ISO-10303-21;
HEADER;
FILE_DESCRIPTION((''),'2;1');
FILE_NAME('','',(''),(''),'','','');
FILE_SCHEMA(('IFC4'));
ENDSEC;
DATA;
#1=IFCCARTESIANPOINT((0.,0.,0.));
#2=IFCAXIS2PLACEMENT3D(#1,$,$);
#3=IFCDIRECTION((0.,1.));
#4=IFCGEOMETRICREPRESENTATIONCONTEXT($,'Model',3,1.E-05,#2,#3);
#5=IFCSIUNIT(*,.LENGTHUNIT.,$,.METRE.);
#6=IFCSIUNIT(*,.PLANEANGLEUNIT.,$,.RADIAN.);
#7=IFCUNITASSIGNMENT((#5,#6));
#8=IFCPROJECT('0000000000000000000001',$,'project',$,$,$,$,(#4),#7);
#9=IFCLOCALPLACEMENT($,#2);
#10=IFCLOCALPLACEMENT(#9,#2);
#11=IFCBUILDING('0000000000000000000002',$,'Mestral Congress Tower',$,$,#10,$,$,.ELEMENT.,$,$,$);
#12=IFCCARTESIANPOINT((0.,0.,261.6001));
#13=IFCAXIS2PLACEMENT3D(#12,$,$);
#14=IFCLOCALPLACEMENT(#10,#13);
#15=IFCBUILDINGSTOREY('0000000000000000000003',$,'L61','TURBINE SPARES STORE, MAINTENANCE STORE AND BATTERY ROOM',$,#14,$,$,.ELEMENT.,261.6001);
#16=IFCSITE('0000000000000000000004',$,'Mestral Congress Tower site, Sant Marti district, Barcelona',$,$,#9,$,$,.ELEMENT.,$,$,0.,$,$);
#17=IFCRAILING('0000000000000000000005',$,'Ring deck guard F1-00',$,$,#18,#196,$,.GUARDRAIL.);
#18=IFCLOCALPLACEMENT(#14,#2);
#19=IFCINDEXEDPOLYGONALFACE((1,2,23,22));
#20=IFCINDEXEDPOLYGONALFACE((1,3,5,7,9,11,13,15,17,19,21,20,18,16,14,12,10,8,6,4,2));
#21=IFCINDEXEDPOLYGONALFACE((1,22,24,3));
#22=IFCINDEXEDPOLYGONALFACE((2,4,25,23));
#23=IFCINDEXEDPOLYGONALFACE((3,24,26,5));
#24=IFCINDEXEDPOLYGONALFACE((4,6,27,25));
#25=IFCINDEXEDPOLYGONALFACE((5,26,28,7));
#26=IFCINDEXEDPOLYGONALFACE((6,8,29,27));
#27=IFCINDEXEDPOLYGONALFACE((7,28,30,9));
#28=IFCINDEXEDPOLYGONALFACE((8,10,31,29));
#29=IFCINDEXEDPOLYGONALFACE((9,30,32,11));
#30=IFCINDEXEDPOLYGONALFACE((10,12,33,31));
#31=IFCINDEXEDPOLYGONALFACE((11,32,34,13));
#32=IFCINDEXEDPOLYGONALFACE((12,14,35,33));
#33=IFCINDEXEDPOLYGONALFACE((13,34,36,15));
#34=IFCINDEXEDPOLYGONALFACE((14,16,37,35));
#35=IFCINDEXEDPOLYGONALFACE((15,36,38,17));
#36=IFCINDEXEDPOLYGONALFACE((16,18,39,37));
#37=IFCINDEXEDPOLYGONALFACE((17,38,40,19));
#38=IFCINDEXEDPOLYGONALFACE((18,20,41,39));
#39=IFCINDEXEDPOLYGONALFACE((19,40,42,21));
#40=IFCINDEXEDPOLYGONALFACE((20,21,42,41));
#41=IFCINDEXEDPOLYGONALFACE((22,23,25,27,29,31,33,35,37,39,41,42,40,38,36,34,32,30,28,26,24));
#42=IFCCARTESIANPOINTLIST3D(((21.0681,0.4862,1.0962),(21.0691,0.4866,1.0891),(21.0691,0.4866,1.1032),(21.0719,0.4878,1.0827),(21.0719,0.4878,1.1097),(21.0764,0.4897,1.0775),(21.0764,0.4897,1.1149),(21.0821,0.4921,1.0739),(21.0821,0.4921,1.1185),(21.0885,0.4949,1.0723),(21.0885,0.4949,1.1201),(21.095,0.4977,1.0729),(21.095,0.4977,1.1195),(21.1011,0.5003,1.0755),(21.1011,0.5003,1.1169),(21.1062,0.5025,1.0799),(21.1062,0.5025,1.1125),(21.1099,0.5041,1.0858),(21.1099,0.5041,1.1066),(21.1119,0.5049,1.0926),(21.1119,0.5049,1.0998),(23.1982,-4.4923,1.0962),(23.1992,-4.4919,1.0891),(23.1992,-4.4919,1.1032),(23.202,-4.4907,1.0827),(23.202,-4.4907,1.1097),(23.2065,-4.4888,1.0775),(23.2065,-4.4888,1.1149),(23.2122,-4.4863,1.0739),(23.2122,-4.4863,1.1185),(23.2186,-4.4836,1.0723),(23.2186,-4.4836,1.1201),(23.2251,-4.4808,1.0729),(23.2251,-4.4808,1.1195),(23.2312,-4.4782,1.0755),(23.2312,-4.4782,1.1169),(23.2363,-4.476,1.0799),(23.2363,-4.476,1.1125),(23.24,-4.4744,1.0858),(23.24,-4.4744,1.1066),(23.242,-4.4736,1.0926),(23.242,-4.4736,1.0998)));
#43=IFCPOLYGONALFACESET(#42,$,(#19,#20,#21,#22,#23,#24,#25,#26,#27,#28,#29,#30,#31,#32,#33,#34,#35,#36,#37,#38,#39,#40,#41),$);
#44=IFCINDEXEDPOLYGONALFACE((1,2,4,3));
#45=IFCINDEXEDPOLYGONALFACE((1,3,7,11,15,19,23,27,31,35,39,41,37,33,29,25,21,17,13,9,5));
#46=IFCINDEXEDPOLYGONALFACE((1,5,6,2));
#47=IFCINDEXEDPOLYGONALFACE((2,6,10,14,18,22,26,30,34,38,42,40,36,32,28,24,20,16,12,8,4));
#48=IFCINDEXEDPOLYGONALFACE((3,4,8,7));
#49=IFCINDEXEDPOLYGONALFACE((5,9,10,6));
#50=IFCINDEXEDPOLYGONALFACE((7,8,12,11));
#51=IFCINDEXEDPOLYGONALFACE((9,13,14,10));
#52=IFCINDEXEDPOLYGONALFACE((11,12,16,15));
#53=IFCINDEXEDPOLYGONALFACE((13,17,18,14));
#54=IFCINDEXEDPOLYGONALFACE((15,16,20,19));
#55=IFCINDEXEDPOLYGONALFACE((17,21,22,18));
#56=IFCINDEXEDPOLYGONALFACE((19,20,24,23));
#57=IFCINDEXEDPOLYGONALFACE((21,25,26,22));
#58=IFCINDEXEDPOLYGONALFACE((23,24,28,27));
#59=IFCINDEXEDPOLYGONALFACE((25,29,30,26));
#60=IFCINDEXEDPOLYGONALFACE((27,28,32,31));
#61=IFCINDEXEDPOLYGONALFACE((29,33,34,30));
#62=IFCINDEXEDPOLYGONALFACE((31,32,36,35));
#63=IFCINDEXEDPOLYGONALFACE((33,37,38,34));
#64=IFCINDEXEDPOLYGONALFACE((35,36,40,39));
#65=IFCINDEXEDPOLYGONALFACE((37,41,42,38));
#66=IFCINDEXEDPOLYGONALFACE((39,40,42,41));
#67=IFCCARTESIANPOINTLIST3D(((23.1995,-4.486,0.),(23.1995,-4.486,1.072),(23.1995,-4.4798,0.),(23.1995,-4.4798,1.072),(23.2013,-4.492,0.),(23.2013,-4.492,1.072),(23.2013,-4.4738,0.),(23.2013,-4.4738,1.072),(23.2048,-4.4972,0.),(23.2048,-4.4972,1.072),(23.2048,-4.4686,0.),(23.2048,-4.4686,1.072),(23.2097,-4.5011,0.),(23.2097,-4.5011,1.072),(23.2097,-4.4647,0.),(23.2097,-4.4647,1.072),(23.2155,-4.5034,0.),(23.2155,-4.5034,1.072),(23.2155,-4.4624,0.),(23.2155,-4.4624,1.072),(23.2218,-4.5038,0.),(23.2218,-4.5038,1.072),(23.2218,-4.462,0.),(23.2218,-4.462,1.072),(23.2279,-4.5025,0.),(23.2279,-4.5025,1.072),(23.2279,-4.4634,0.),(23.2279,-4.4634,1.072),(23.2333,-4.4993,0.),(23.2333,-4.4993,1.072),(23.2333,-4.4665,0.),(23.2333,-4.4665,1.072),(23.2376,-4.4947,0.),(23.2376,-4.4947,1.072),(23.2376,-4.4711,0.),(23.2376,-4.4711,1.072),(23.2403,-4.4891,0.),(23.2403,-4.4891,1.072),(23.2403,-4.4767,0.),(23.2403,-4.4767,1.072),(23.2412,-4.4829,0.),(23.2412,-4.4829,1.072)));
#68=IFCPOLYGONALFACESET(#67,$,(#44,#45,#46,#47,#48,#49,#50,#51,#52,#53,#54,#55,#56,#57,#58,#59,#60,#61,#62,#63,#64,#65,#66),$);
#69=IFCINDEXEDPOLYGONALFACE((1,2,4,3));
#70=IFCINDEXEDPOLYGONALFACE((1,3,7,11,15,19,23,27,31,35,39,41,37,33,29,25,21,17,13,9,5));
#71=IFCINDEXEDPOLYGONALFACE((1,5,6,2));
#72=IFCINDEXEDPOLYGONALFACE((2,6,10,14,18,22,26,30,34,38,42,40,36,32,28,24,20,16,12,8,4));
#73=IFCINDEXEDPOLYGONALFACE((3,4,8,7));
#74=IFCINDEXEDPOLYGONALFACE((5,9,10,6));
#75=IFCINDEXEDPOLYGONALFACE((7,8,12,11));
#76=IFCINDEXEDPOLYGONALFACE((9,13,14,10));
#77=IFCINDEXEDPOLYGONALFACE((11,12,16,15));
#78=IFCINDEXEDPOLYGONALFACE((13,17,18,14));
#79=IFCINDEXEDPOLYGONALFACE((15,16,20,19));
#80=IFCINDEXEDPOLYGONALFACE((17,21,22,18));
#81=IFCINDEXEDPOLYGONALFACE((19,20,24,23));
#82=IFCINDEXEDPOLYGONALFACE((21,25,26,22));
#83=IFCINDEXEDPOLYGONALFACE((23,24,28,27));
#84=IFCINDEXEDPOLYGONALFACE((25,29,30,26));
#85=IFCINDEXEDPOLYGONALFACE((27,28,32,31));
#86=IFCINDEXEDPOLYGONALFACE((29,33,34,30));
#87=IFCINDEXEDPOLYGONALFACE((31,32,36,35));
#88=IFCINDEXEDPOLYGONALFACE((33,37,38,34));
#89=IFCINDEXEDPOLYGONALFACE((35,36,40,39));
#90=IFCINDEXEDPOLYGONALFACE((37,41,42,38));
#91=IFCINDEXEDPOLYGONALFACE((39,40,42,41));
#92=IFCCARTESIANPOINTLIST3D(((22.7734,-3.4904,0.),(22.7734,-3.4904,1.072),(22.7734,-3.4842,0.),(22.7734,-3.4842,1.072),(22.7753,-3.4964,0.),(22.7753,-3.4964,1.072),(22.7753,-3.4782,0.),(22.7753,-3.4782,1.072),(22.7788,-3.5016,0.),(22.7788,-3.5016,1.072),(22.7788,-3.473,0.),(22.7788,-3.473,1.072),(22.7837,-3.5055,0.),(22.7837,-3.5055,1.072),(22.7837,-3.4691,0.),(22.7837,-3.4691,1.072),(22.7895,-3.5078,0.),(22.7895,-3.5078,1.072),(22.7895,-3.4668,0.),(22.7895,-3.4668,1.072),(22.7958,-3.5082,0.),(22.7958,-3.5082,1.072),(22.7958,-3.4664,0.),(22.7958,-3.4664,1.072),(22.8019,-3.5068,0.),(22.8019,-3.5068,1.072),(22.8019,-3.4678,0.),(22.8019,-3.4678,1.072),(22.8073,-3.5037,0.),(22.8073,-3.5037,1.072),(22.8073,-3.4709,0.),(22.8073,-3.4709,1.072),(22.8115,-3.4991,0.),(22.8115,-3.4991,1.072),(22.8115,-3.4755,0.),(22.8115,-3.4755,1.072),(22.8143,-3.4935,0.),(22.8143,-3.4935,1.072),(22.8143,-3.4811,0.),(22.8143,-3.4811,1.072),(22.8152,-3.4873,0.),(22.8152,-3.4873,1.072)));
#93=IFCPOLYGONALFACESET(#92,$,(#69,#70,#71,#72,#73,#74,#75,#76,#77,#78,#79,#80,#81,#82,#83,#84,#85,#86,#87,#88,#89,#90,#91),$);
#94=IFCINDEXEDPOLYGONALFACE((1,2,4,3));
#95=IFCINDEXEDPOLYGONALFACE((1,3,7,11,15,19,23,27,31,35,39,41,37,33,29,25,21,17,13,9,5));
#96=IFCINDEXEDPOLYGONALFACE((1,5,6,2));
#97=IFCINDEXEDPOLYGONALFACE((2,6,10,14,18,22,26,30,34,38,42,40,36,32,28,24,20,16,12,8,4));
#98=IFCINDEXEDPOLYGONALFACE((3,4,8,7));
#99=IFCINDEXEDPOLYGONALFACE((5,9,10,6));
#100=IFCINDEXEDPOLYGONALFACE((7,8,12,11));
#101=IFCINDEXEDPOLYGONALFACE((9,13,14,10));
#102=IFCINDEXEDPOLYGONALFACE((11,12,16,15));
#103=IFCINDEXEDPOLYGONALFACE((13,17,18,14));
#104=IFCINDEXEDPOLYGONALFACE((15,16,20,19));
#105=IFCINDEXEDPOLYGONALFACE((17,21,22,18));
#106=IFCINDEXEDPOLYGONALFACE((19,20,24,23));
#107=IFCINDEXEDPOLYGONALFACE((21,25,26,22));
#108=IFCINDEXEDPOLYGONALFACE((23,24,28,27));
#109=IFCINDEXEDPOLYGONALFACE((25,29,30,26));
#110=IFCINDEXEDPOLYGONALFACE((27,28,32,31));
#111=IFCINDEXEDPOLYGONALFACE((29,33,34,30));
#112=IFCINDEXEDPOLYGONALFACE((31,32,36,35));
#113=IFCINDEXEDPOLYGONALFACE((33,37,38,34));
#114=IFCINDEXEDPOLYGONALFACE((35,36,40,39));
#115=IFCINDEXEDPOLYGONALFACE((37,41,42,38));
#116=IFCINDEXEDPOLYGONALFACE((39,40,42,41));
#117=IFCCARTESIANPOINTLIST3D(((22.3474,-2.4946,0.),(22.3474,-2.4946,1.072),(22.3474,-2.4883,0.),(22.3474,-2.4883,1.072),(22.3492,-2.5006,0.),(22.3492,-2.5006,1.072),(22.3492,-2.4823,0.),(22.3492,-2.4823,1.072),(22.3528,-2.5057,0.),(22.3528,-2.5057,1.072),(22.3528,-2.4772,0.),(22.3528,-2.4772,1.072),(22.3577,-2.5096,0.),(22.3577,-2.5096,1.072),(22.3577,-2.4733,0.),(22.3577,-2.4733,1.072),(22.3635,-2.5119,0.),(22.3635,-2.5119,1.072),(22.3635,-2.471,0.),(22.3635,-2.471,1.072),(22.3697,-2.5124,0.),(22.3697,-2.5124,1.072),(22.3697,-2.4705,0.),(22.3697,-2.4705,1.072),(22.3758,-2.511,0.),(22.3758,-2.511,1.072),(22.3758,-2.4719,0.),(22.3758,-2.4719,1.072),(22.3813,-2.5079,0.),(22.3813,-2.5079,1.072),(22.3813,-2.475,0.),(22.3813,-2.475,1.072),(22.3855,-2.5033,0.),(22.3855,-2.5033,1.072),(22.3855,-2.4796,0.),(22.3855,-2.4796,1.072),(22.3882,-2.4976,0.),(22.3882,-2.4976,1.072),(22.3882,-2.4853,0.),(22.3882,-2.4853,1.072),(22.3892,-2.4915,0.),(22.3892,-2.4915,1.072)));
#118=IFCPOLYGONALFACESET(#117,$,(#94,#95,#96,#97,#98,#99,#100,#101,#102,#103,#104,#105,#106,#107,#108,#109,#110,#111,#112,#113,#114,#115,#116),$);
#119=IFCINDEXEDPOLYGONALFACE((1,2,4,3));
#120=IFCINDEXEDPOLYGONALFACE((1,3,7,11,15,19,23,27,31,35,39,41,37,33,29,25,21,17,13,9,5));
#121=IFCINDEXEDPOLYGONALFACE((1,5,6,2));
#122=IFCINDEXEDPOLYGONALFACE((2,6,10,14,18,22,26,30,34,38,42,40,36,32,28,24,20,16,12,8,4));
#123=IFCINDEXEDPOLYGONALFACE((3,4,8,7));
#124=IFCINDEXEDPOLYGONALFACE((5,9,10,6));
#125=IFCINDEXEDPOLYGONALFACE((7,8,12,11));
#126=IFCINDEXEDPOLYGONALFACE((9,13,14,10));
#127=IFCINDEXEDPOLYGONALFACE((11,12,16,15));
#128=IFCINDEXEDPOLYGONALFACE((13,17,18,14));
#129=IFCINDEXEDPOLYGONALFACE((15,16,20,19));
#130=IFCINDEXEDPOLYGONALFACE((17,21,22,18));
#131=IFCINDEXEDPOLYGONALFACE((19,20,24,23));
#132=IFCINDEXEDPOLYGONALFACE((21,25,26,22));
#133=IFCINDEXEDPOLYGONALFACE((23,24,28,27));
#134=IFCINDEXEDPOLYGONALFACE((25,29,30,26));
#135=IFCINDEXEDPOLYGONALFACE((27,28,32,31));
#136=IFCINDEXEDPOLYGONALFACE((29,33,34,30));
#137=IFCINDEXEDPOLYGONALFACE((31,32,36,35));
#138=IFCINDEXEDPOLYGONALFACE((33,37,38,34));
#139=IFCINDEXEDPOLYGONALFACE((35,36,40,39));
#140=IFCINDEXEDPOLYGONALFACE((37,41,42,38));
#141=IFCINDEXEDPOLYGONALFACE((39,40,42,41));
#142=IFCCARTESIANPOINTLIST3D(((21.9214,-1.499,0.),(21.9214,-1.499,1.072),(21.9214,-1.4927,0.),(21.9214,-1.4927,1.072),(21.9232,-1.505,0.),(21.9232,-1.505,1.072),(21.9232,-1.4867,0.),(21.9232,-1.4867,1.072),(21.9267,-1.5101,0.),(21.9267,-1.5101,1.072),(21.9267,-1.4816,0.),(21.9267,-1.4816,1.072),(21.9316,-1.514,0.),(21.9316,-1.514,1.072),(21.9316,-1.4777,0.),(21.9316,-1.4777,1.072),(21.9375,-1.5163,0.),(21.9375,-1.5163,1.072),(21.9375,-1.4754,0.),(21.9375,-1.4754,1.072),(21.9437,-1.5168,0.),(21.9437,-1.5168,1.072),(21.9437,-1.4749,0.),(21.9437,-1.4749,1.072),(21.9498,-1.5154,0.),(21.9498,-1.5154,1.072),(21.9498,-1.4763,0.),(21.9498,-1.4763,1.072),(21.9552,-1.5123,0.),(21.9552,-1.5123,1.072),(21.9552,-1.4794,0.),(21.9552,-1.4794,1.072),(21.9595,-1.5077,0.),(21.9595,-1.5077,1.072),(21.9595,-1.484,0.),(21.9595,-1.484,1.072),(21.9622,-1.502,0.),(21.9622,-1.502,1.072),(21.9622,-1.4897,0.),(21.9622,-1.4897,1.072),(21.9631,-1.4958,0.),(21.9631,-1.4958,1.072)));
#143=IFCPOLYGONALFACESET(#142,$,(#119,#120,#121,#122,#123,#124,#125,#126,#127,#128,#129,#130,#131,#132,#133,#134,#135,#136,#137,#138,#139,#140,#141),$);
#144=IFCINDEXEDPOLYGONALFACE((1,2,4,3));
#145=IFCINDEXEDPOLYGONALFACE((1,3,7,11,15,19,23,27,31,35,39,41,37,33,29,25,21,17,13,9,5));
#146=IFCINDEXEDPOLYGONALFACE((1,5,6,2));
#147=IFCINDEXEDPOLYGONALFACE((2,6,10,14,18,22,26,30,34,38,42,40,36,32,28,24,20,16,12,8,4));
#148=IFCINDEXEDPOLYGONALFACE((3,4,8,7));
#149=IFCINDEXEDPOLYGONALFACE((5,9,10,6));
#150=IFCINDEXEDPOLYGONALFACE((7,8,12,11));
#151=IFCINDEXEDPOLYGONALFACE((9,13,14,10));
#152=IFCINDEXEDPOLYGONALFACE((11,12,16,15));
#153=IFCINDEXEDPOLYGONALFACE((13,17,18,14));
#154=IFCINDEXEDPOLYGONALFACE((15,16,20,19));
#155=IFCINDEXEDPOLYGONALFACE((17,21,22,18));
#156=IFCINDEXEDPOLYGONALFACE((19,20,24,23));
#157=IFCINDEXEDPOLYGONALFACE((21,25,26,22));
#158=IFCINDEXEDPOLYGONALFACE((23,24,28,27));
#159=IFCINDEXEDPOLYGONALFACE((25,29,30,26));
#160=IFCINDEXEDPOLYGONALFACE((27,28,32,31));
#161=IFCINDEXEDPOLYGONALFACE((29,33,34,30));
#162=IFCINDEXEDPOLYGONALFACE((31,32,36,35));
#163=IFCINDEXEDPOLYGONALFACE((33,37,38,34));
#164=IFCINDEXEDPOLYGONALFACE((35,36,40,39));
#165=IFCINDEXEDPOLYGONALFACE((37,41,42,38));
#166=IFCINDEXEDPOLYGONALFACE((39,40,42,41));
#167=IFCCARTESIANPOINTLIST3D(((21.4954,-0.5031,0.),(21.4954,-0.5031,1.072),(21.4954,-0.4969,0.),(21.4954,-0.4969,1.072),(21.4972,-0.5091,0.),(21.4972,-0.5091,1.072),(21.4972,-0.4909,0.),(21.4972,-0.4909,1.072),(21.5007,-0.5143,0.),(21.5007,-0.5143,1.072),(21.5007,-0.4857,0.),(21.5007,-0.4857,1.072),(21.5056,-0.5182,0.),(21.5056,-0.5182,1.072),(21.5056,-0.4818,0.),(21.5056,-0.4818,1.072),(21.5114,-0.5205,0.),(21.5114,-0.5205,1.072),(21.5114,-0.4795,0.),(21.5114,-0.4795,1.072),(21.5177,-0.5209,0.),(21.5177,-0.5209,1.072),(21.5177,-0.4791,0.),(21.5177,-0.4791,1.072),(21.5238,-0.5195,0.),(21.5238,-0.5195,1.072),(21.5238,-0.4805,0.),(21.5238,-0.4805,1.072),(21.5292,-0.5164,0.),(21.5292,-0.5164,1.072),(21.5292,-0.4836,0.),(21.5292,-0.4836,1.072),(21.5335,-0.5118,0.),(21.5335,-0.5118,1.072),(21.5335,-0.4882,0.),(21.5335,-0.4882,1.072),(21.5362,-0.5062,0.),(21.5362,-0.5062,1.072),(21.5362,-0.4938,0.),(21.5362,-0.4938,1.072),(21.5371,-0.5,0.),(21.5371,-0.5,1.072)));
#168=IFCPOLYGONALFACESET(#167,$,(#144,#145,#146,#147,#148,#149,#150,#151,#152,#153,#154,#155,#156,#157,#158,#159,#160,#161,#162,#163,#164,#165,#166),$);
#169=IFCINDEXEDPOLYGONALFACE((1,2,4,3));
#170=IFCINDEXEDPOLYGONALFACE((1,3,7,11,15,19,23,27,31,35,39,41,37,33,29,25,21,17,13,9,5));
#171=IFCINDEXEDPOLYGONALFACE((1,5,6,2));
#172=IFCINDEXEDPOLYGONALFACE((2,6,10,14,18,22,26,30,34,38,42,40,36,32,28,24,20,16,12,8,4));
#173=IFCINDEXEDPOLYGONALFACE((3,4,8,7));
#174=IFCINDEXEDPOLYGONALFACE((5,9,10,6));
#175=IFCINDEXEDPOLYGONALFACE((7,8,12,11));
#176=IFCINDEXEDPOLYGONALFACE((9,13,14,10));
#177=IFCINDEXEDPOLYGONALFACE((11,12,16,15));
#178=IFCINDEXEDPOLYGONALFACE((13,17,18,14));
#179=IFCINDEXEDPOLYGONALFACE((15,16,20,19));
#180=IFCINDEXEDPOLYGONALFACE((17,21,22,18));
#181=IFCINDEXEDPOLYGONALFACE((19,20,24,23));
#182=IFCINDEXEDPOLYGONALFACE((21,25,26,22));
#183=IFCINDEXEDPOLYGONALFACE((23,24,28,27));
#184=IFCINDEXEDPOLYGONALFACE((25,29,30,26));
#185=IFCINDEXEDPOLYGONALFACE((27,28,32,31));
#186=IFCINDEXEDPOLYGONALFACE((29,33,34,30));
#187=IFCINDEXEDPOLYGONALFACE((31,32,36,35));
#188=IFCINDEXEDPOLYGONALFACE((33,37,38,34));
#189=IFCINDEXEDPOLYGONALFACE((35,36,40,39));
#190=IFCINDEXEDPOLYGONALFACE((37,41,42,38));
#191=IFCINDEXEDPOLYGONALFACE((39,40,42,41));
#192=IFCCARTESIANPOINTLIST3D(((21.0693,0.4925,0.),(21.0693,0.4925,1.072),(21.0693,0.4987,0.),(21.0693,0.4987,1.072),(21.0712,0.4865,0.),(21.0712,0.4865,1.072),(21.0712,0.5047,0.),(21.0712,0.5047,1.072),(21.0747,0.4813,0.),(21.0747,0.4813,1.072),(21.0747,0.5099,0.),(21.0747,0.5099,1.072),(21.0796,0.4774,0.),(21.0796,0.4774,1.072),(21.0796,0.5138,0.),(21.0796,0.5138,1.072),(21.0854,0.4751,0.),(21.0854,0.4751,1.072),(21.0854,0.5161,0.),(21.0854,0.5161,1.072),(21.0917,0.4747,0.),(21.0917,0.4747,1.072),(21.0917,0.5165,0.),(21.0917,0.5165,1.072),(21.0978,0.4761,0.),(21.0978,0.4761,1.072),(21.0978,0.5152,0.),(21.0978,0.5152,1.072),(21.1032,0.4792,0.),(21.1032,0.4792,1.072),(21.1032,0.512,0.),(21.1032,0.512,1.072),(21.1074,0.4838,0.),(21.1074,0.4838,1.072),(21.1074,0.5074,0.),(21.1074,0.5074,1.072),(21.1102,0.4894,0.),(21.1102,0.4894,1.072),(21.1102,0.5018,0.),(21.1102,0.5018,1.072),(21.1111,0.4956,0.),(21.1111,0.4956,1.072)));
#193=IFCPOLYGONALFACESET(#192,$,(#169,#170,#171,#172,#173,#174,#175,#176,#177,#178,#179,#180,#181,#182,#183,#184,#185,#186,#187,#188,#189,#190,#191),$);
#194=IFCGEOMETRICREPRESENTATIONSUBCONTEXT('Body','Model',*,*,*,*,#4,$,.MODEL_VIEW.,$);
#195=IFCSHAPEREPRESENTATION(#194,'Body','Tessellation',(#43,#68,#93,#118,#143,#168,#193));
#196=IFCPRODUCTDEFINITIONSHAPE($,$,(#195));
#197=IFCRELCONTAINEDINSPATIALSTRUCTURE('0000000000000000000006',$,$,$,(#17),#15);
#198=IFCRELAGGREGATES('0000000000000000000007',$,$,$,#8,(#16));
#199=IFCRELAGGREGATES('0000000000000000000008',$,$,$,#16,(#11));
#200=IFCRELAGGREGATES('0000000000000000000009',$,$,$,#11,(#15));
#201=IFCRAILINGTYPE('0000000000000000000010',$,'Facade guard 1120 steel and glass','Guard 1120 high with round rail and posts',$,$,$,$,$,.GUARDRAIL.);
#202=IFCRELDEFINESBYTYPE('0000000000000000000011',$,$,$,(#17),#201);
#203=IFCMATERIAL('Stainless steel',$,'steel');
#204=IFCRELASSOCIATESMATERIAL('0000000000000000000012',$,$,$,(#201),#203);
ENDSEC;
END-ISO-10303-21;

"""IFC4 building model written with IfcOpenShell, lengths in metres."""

from ifc_helpers import new_model, si_unit, direction, frame, origin, origin_2d, place, context, subcontext, project, spatial, circle, extrude, material, type_object, element, save


model = new_model("IFC4")

# Units and contexts
model_context = context("Model", 3, precision=1e-05, world=origin(), true_north=direction((0.0, 1.0)))
body_context = subcontext(model_context, "Body", "Model", "MODEL_VIEW")
ifc_project = project(units=[si_unit("LENGTHUNIT", "METRE"), si_unit("PLANEANGLEUNIT", "RADIAN")], contexts=[model_context])

# Site, building, storey
site_placement = place(None, origin())
site = spatial("IfcSite", under=ifc_project, at=site_placement, Name="Mestral Congress Tower site, Sant Marti district, Barcelona", CompositionType="ELEMENT", RefElevation=0.0)
building_placement = place(site_placement, origin())
building = spatial("IfcBuilding", under=site, at=building_placement, Name="Mestral Congress Tower", CompositionType="ELEMENT")
storey_placement = place(building_placement, frame((0.0, 0.0, 261.6001)))
storey = spatial("IfcBuildingStorey", under=building, at=storey_placement, Name="L61", Description="TURBINE SPARES STORE, MAINTENANCE STORE AND BATTERY ROOM", CompositionType="ELEMENT", Elevation=261.6001)

# Railing
ifc_material_1 = material(Name="Stainless steel", Category="steel")
railing_type = type_object("IfcRailingType", Name="Facade guard 1120 steel and glass", Description="Guard 1120 high with round rail and posts", PredefinedType="GUARDRAIL", material=ifc_material_1)
railing_1_placement = place(storey_placement, frame((23.2202, -4.4829, 0.0)))
element("IfcRailing", 1, at=railing_1_placement, inside=storey, type_object=railing_type, Name="Ring deck guard F1-00", PredefinedType="GUARDRAIL", context=body_context, shape_type="SweptSolid", body=[
    extrude(circle(Radius=0.0239, at=origin_2d()), frame((0.0, 0.0, 1.0962), z_axis=(-0.39337, 0.91938, 0.0), x_axis=(-0.91938, -0.39337, 0.0)), (0.0, 0.0, 1.0), 5.415),
    extrude(circle(Radius=0.021, at=origin_2d()), origin(), (0.0, 0.0, 1.0), 1.072),
    extrude(circle(Radius=0.021, at=origin_2d()), frame((-0.426, 0.9956, 0.0)), (0.0, 0.0, 1.0), 1.072),
    extrude(circle(Radius=0.021, at=origin_2d()), frame((-0.8521, 1.9915, 0.0)), (0.0, 0.0, 1.0), 1.072),
    extrude(circle(Radius=0.021, at=origin_2d()), frame((-1.2781, 2.9871, 0.0)), (0.0, 0.0, 1.0), 1.072),
    extrude(circle(Radius=0.021, at=origin_2d()), frame((-1.7041, 3.9829, 0.0)), (0.0, 0.0, 1.0), 1.072),
    extrude(circle(Radius=0.021, at=origin_2d()), frame((-2.1301, 4.9785, 0.0)), (0.0, 0.0, 1.0), 1.072),
])

save(model, "model.ifc")
